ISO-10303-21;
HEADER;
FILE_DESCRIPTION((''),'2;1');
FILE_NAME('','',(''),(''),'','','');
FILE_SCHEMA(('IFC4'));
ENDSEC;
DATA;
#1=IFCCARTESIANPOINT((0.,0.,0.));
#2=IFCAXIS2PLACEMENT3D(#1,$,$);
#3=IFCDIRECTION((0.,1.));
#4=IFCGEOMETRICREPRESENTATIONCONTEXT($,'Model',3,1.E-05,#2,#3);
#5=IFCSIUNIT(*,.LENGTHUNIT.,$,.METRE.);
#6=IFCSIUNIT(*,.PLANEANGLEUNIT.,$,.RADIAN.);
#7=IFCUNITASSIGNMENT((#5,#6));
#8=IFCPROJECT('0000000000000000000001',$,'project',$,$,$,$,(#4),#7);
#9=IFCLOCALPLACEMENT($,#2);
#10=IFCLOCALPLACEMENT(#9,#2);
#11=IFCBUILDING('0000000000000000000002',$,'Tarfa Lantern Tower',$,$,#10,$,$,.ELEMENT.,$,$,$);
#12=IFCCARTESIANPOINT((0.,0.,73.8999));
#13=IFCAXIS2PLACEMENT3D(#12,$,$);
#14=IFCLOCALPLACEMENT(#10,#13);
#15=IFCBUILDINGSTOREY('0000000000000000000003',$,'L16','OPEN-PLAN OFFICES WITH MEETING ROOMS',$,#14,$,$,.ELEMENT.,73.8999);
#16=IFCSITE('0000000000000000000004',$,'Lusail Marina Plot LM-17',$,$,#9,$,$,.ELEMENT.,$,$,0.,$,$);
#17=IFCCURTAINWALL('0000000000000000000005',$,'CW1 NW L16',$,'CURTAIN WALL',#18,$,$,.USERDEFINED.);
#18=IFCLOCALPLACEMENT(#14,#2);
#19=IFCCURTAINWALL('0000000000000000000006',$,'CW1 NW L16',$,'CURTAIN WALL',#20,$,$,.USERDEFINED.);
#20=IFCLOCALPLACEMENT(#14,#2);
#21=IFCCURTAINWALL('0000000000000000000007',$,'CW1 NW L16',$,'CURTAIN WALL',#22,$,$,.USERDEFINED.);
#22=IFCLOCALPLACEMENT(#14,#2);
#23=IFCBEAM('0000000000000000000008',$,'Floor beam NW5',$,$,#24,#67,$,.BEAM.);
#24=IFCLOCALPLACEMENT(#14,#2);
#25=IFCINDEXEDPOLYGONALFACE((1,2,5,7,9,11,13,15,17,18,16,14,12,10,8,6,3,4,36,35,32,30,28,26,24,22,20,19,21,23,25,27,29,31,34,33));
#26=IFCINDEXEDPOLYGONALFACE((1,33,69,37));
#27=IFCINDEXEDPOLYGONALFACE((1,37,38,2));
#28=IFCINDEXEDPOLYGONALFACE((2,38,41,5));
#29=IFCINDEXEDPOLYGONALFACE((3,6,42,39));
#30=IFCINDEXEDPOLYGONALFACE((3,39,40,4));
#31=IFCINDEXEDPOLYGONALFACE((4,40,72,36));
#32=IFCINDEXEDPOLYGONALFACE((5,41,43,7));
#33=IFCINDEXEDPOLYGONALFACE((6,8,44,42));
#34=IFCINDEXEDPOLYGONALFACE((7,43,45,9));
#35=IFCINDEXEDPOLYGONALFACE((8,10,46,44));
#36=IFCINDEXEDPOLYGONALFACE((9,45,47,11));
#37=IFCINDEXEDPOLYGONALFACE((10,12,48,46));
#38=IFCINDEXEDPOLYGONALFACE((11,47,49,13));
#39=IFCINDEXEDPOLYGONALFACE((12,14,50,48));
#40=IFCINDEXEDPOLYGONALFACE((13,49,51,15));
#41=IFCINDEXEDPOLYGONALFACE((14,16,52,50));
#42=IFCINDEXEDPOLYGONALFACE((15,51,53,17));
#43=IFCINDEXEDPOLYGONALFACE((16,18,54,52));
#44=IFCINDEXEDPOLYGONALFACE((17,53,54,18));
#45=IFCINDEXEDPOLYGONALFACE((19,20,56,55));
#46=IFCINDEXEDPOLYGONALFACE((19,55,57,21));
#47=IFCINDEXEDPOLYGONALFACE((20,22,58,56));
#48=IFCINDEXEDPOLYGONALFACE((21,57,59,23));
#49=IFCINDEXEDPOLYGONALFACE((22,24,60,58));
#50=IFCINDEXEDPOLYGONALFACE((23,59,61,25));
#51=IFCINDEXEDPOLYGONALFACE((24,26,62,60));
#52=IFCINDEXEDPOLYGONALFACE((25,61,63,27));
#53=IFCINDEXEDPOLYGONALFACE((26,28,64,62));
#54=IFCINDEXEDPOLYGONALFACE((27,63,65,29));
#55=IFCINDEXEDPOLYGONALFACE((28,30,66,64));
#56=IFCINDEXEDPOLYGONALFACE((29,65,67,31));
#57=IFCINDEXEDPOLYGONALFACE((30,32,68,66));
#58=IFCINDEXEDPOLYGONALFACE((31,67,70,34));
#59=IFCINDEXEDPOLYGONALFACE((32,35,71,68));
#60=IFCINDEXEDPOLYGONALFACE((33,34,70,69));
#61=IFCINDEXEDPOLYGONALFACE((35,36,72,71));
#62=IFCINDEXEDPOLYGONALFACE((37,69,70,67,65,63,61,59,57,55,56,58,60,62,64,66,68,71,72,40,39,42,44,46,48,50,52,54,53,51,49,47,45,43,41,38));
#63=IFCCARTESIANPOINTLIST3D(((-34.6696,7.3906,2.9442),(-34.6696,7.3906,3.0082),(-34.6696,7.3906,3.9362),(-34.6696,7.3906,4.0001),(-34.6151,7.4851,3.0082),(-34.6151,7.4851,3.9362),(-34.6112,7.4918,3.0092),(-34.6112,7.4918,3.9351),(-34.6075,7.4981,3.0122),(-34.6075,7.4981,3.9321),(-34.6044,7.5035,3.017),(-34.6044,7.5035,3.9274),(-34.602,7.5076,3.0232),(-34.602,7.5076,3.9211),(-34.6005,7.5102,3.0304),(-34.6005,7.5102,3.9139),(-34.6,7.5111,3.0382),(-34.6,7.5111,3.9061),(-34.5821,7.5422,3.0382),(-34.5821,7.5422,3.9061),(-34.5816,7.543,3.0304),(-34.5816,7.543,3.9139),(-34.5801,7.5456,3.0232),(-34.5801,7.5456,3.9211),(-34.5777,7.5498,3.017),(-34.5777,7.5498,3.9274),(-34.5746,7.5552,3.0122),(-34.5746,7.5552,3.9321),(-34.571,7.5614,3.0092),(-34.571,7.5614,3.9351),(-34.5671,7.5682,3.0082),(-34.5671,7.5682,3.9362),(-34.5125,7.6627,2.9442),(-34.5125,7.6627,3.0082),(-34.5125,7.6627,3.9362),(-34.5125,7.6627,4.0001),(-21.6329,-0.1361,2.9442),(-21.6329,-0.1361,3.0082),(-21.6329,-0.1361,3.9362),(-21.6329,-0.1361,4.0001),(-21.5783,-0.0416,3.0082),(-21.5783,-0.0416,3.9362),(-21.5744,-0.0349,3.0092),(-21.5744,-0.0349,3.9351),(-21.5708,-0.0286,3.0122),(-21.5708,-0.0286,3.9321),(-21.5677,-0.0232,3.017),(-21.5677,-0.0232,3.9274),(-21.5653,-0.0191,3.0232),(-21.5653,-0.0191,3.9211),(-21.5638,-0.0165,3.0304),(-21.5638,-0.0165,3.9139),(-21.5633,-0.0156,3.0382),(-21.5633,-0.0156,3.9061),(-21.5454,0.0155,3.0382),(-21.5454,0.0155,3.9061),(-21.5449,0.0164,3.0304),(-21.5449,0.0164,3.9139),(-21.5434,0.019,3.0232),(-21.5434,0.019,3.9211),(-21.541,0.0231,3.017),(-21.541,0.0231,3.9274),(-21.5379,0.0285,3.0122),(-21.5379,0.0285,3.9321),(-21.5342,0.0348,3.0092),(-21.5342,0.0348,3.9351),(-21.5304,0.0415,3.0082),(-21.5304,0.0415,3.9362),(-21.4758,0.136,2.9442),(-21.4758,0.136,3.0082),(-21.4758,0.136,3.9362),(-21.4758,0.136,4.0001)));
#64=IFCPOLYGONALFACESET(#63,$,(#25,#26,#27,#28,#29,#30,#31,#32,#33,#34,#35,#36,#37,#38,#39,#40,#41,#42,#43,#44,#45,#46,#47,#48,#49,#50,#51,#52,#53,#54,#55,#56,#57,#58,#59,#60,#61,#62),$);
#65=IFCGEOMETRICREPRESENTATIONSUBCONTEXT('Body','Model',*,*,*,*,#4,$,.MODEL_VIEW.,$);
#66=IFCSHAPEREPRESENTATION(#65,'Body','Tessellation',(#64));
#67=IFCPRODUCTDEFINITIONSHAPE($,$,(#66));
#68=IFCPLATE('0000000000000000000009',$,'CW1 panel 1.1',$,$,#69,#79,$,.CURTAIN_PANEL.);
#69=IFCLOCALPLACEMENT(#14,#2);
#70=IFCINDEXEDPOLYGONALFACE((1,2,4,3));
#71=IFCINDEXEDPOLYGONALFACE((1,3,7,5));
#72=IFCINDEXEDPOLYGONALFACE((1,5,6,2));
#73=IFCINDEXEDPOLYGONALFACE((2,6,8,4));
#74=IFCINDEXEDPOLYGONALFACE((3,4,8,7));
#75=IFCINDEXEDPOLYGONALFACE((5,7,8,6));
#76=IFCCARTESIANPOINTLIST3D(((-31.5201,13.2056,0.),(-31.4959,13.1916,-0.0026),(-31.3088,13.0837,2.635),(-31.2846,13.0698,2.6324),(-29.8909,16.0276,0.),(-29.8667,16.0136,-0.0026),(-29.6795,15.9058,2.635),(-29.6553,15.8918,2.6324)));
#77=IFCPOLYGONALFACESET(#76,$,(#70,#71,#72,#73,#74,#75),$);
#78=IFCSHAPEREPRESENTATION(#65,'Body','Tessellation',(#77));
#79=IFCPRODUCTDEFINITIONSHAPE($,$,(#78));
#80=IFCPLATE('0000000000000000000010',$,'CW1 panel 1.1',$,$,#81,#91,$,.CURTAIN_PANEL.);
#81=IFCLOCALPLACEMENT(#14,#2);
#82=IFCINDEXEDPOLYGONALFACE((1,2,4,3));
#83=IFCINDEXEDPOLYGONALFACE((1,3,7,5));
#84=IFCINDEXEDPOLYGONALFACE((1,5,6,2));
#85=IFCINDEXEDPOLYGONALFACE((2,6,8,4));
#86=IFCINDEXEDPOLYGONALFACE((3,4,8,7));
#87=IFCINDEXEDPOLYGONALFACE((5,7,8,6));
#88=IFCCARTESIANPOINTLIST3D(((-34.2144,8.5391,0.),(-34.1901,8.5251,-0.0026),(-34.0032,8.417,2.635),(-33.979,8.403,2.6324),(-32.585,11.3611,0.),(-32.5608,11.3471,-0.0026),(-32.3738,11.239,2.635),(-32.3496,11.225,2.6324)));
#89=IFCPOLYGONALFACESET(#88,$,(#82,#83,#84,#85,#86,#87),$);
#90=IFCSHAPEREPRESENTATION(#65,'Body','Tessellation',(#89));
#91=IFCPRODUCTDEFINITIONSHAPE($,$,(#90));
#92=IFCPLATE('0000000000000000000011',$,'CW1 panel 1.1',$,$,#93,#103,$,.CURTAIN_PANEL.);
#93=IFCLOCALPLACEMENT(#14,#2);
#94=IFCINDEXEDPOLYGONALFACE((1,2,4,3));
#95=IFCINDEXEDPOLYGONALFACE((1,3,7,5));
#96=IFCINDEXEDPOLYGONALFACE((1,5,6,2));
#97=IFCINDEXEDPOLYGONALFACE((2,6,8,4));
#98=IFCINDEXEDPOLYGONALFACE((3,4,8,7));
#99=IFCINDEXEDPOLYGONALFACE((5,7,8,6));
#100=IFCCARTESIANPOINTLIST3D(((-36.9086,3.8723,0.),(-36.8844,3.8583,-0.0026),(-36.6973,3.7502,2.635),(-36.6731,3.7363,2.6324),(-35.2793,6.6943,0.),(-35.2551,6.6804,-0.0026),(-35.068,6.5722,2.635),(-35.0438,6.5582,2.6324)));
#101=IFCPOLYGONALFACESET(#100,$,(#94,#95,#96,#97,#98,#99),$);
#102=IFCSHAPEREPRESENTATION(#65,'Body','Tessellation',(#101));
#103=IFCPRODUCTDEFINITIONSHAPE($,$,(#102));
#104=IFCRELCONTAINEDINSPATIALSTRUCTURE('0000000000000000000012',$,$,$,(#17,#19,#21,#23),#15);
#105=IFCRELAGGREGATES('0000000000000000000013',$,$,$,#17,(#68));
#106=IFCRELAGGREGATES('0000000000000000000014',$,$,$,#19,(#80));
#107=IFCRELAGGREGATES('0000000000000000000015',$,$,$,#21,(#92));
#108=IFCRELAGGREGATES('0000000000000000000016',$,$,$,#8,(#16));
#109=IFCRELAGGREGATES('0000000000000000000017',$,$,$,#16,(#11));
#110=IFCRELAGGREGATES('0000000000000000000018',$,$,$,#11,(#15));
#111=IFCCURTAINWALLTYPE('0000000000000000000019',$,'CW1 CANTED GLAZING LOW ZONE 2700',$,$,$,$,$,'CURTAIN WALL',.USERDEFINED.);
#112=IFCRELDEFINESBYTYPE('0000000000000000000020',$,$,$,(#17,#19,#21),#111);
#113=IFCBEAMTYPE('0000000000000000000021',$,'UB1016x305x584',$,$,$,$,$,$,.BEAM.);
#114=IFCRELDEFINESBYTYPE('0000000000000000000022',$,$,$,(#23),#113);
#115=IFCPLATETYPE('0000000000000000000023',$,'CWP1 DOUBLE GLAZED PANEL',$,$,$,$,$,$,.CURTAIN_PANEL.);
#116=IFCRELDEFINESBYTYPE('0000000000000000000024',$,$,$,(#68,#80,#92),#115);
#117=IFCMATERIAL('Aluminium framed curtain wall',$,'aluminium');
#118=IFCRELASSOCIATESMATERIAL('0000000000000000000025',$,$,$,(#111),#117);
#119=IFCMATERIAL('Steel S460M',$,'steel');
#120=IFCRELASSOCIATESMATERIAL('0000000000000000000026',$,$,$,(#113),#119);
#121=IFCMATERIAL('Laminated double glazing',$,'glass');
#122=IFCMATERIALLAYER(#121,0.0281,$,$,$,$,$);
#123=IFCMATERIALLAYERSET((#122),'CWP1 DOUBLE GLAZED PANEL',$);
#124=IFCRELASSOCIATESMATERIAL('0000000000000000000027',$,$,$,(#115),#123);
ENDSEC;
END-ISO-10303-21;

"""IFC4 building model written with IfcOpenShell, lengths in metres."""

from ifc_helpers import new_model, si_unit, direction, frame, origin, origin_2d, place, context, subcontext, project, spatial, polyline, i_section, outline, extrude, material, layer, layer_set, material_profile, profile_set, type_object, element, aggregate, save


model = new_model("IFC4")

# Units and contexts
model_context = context("Model", 3, precision=1e-05, world=origin(), true_north=direction((0.0, 1.0)))
body_context = subcontext(model_context, "Body", "Model", "MODEL_VIEW")
ifc_project = project(units=[si_unit("LENGTHUNIT", "METRE"), si_unit("PLANEANGLEUNIT", "RADIAN")], contexts=[model_context])

# Site, building, storey
site_placement = place(None, origin())
site = spatial("IfcSite", under=ifc_project, at=site_placement, Name="Lusail Marina Plot LM-17", CompositionType="ELEMENT", RefElevation=0.0)
building_placement = place(site_placement, origin())
building = spatial("IfcBuilding", under=site, at=building_placement, Name="Tarfa Lantern Tower", CompositionType="ELEMENT")
storey_placement = place(building_placement, frame((0.0, 0.0, 73.8999)))
storey = spatial("IfcBuildingStorey", under=building, at=storey_placement, Name="L16", Description="OPEN-PLAN OFFICES WITH MEETING ROOMS", CompositionType="ELEMENT", Elevation=73.8999)

# Curtain walls
ifc_material_1 = material(Name="Aluminium framed curtain wall", Category="aluminium")
curtain_wall_type = type_object("IfcCurtainWallType", Name="CW1 CANTED GLAZING LOW ZONE 2700", ElementType="CURTAIN WALL", PredefinedType="USERDEFINED", material=ifc_material_1)
curtain_wall_1_placement = place(storey_placement, origin())
curtain_wall_1 = element("IfcCurtainWall", 1, at=curtain_wall_1_placement, inside=storey, type_object=curtain_wall_type, Name="CW1 NW L16", ObjectType="CURTAIN WALL", PredefinedType="USERDEFINED")
curtain_wall_2_placement = place(storey_placement, origin())
curtain_wall_2 = element("IfcCurtainWall", 2, at=curtain_wall_2_placement, inside=storey, type_object=curtain_wall_type, Name="CW1 NW L16", ObjectType="CURTAIN WALL", PredefinedType="USERDEFINED")
curtain_wall_3_placement = place(storey_placement, origin())
curtain_wall_3 = element("IfcCurtainWall", 3, at=curtain_wall_3_placement, inside=storey, type_object=curtain_wall_type, Name="CW1 NW L16", ObjectType="CURTAIN WALL", PredefinedType="USERDEFINED")

# Beam
ifc_material_2 = material(Name="Steel S460M", Category="steel")
ifc_material_profile_1 = material_profile(ifc_material_2, i_section(OverallWidth=0.3142, OverallDepth=1.0559, WebThickness=0.0359, FlangeThickness=0.064, FilletRadius=0.03, at=origin_2d()), Name="UB1016x305x584")
ifc_profile_set_1 = profile_set([ifc_material_profile_1], Name="Steel S460M")
beam_type_1 = type_object("IfcBeamType", Name="UB1016x305x584", PredefinedType="BEAM", material=ifc_profile_set_1)
beam_1_placement = place(storey_placement, frame((-34.5911, 7.5266, 3.4722), z_axis=(0.866028, -0.499996, 0.0), x_axis=(0.499996, 0.866028, 0.0)))
element("IfcBeam", 4, at=beam_1_placement, inside=storey, type_object=beam_type_1, Name="Floor beam NW5", PredefinedType="BEAM", context=body_context, shape_type="SweptSolid", body=[
    extrude(i_section(OverallWidth=0.3142, OverallDepth=1.0559, WebThickness=0.0359, FlangeThickness=0.064, FilletRadius=0.03, at=origin_2d()), origin(), (0.0, 0.0, 1.0), 15.0535),
])

# Plates
ifc_material_3 = material(Name="Laminated double glazing", Category="glass")
ifc_layer = layer(ifc_material_3, 0.0281)
ifc_layer_set = layer_set([ifc_layer], Name="CWP1 DOUBLE GLAZED PANEL")
plate_type = type_object("IfcPlateType", Name="CWP1 DOUBLE GLAZED PANEL", PredefinedType="CURTAIN_PANEL", material=ifc_layer_set)
plate_1_placement = place(storey_placement, frame((-29.8909, 16.0276, 0.0), z_axis=(-0.862342, 0.497867, 0.09217), x_axis=(-0.499995, -0.866029, 0.000003)))
plate_1 = element("IfcPlate", 5, at=plate_1_placement, type_object=plate_type, Name="CW1 panel 1.1", PredefinedType="CURTAIN_PANEL", context=body_context, shape_type="SweptSolid", body=[
    extrude(outline(polyline([(0.0, 0.0), (3.2585, 0.0), (3.2584, 2.6463), (-0.0002, 2.6463), (0.0, 0.0)])), origin(), (0.0, 0.0, -1.0), 0.0281),
])
aggregate(curtain_wall_1, [plate_1])
plate_2_placement = place(storey_placement, frame((-32.585, 11.3611, 0.0), z_axis=(-0.862325, 0.497894, 0.092176), x_axis=(-0.500023, -0.866012, 0.0)))
plate_2 = element("IfcPlate", 6, at=plate_2_placement, type_object=plate_type, Name="CW1 panel 1.1", PredefinedType="CURTAIN_PANEL", context=body_context, shape_type="SweptSolid", body=[
    extrude(outline(polyline([(0.0, 0.0), (3.2586, 0.0), (3.2588, 2.6463), (0.0001, 2.6463), (0.0, 0.0)])), origin(), (0.0, 0.0, -1.0), 0.0281),
])
aggregate(curtain_wall_2, [plate_2])
plate_3_placement = place(storey_placement, frame((-35.2793, 6.6943, 0.0), z_axis=(-0.862338, 0.497864, 0.092216), x_axis=(-0.499995, -0.866028, -0.000003)))
plate_3 = element("IfcPlate", 7, at=plate_3_placement, type_object=plate_type, Name="CW1 panel 1.1", PredefinedType="CURTAIN_PANEL", context=body_context, shape_type="SweptSolid", body=[
    extrude(outline(polyline([(0.0, 0.0), (3.2586, 0.0), (3.2586, 2.6463), (0.0001, 2.6463), (0.0, 0.0)])), origin(), (0.0, 0.0, -1.0), 0.0281),
])
aggregate(curtain_wall_3, [plate_3])

save(model, "model.ifc")
